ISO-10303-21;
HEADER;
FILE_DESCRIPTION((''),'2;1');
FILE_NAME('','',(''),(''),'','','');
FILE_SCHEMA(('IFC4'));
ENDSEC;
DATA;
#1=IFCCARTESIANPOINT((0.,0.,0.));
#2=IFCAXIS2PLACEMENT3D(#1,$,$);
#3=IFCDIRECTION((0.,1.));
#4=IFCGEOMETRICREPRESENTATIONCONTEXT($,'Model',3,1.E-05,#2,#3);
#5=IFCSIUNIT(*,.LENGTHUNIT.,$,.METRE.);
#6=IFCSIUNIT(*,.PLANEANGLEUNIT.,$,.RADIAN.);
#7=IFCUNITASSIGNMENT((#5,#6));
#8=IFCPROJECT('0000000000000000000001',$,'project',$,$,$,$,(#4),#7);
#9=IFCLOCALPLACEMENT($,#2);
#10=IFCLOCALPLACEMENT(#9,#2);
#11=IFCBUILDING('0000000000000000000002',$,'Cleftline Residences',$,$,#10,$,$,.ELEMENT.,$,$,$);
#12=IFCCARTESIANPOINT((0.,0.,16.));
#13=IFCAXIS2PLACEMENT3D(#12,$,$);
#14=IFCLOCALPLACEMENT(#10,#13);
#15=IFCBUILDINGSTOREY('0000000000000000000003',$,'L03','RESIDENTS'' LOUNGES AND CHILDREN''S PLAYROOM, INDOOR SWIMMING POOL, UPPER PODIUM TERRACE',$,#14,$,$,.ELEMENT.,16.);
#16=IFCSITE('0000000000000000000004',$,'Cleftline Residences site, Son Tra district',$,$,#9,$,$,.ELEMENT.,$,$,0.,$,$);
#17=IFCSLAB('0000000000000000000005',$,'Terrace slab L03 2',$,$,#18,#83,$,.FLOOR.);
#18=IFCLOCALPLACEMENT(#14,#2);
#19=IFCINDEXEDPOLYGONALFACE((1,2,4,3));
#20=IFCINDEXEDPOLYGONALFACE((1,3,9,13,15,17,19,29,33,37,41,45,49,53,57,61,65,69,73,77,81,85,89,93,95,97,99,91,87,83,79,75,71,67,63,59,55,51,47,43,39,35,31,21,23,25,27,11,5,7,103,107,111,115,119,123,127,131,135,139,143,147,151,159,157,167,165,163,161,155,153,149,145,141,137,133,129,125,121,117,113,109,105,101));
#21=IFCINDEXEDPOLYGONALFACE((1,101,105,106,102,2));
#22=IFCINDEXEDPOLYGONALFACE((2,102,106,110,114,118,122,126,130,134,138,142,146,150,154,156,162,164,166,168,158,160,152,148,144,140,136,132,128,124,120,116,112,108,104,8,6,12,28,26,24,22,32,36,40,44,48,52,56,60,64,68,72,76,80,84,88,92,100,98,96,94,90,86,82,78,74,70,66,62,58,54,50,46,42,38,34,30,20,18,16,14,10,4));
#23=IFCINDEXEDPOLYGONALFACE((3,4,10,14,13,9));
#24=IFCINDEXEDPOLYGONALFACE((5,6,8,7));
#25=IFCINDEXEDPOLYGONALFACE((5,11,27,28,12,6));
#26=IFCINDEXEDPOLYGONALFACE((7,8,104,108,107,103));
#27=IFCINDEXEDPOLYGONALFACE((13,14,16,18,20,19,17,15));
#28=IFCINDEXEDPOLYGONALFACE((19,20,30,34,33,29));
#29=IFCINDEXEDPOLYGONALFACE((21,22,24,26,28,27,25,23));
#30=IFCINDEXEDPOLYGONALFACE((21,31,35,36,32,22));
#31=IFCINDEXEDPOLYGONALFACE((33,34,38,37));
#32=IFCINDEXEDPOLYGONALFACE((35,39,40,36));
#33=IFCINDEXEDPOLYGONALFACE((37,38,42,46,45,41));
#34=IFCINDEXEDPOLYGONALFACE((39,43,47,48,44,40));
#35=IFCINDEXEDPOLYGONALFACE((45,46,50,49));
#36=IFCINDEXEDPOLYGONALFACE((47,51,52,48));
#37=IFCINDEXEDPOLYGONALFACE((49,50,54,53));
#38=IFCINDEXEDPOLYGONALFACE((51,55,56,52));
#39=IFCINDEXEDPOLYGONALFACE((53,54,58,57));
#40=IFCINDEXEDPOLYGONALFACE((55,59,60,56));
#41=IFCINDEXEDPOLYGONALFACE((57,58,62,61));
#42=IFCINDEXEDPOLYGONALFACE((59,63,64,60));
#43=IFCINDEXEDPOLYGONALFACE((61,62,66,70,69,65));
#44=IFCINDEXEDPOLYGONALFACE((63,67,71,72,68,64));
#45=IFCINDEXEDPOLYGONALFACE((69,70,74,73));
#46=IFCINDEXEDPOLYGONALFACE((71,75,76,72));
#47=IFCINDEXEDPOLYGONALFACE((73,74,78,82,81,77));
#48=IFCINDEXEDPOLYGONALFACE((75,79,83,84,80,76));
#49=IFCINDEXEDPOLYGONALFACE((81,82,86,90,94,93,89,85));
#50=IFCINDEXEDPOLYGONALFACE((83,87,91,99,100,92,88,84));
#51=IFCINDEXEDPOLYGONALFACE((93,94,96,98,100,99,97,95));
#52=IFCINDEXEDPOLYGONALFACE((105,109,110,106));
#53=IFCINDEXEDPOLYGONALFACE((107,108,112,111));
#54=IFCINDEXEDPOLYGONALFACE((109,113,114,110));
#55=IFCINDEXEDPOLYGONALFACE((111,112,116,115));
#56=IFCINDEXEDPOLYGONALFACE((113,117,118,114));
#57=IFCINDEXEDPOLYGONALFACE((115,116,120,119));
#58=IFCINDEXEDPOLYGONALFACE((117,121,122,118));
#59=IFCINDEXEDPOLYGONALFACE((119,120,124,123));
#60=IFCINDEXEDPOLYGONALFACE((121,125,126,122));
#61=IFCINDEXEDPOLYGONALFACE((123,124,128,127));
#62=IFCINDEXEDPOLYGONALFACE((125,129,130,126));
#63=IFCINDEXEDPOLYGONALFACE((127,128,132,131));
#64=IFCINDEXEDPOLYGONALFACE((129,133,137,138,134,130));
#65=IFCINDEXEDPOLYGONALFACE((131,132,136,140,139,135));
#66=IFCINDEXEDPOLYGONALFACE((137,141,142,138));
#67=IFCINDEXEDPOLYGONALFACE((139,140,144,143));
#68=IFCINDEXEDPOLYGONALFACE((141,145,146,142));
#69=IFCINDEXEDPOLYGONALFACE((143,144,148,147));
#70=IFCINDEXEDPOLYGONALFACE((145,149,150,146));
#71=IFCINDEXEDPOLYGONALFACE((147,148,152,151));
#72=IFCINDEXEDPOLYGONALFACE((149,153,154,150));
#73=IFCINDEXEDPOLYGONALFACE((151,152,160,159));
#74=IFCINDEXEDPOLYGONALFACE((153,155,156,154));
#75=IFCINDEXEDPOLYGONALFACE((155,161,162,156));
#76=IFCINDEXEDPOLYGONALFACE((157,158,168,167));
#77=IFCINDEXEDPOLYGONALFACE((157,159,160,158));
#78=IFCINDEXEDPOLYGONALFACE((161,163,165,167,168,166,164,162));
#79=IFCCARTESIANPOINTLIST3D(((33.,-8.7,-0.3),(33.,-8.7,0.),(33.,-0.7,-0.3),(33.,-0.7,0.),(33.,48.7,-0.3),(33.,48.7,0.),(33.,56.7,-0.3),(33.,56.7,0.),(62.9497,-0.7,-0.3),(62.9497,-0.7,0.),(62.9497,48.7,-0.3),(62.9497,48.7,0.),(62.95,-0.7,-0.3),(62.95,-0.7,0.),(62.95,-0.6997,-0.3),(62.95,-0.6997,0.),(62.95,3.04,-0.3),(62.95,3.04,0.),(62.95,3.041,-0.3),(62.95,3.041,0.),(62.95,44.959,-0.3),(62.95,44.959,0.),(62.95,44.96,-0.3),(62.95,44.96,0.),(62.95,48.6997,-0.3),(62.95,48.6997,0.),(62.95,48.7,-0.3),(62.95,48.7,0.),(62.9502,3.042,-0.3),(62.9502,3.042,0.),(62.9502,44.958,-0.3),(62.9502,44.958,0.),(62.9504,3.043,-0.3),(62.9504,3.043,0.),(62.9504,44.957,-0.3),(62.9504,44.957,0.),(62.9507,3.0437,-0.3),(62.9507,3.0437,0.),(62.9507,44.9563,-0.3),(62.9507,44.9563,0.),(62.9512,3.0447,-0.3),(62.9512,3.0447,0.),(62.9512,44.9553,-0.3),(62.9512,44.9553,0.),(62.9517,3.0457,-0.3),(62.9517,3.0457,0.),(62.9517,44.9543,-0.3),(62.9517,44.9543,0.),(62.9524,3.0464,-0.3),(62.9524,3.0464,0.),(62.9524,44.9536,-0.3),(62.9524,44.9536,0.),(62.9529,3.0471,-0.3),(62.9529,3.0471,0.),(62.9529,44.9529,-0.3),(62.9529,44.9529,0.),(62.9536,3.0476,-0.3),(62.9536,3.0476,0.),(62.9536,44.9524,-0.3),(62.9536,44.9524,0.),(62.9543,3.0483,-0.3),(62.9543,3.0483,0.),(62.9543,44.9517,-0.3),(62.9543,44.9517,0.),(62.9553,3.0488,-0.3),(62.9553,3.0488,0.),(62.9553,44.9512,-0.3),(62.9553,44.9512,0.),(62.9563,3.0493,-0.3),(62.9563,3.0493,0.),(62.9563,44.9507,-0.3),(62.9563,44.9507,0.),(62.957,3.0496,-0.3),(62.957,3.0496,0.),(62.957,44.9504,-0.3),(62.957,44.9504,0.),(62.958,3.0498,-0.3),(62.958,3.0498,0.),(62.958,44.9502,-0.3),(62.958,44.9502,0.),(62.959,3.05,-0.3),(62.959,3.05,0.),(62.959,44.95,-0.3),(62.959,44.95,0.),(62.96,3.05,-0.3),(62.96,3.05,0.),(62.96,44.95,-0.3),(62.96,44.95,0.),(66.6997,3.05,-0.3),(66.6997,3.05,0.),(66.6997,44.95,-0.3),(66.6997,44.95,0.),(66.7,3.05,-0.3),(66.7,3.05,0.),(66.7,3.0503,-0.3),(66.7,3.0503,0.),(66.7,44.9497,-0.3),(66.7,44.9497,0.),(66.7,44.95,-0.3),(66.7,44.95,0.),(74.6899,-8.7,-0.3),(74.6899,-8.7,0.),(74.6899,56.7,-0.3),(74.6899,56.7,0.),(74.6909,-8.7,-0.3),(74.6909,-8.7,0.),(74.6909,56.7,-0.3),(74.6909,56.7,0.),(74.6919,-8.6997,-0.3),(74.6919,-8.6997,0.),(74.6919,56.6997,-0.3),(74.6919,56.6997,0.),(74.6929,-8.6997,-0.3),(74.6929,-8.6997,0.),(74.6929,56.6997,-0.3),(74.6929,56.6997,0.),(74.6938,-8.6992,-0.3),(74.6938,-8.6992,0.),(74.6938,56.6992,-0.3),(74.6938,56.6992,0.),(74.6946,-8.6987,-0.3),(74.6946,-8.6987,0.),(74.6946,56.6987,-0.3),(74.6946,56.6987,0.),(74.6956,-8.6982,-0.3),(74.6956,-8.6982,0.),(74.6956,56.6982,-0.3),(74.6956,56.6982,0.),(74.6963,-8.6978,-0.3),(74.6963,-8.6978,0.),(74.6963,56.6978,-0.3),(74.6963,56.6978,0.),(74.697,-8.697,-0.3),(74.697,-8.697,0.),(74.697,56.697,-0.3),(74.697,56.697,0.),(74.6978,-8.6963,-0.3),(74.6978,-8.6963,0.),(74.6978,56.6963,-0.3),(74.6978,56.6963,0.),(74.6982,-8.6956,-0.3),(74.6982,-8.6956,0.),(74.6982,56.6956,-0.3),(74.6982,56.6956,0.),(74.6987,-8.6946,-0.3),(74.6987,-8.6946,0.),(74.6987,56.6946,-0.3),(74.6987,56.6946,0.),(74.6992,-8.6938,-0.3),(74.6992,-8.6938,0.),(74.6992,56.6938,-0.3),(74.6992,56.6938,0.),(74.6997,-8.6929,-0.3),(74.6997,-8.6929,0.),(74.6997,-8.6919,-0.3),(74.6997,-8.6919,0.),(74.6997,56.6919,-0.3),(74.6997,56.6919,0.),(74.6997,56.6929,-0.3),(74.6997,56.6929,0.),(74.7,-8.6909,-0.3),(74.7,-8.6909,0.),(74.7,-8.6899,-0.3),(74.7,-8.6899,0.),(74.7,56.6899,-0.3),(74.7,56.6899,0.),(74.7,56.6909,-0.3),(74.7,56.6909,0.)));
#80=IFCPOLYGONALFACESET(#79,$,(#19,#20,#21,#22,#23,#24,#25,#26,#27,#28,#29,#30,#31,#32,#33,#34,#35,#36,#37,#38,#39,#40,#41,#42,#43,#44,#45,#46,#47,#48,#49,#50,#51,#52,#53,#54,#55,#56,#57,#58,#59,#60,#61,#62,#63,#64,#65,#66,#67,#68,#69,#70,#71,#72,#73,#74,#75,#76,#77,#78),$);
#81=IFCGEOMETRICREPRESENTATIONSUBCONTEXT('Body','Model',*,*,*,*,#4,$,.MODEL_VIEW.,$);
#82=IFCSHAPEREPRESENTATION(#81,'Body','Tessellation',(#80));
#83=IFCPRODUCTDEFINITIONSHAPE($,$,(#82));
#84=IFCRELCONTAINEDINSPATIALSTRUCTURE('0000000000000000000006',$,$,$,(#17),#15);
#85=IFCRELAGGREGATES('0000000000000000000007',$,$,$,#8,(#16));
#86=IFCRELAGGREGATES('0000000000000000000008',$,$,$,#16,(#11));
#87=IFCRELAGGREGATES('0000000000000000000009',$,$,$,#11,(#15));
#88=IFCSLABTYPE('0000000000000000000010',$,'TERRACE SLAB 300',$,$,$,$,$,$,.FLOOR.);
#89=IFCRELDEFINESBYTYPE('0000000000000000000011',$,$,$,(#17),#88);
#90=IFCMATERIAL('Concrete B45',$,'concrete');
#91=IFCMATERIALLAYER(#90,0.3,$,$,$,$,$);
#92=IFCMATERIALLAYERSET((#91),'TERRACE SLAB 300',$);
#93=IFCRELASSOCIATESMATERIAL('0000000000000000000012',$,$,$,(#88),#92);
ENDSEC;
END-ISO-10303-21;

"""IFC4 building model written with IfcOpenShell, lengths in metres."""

from ifc_helpers import new_model, si_unit, direction, frame, origin, place, context, subcontext, project, spatial, polyline, outline, extrude, material, layer, layer_set, type_object, element, save


model = new_model("IFC4")

# Units and contexts
model_context = context("Model", 3, precision=1e-05, world=origin(), true_north=direction((0.0, 1.0)))
body_context = subcontext(model_context, "Body", "Model", "MODEL_VIEW")
ifc_project = project(units=[si_unit("LENGTHUNIT", "METRE"), si_unit("PLANEANGLEUNIT", "RADIAN")], contexts=[model_context])

# Site, building, storey
site_placement = place(None, origin())
site = spatial("IfcSite", under=ifc_project, at=site_placement, Name="Cleftline Residences site, Son Tra district", CompositionType="ELEMENT", RefElevation=0.0)
building_placement = place(site_placement, origin())
building = spatial("IfcBuilding", under=site, at=building_placement, Name="Cleftline Residences", CompositionType="ELEMENT")
storey_placement = place(building_placement, frame((0.0, 0.0, 16.0)))
storey = spatial("IfcBuildingStorey", under=building, at=storey_placement, Name="L03", Description="RESIDENTS' LOUNGES AND CHILDREN'S PLAYROOM, INDOOR SWIMMING POOL, UPPER PODIUM TERRACE", CompositionType="ELEMENT", Elevation=16.0)

# Slab
ifc_material_1 = material(Name="Concrete B45", Category="concrete")
ifc_layer_1 = layer(ifc_material_1, 0.3)
ifc_layer_set_1 = layer_set([ifc_layer_1], Name="TERRACE SLAB 300")
slab_type_1 = type_object("IfcSlabType", Name="TERRACE SLAB 300", PredefinedType="FLOOR", material=ifc_layer_set_1)
slab_1_placement = place(storey_placement, frame((0.0, 0.0, -0.3)))
element("IfcSlab", 1, at=slab_1_placement, inside=storey, type_object=slab_type_1, Name="Terrace slab L03 2", PredefinedType="FLOOR", context=body_context, shape_type="SweptSolid", body=[
    extrude(outline(polyline([(33.0, 56.7), (33.0, 48.7), (62.9497, 48.7), (62.95, 48.7), (62.95, 48.6997), (62.95, 44.96), (62.95, 44.959), (62.9502, 44.958), (62.9504, 44.957), (62.9507, 44.9563), (62.9512, 44.9553), (62.9517, 44.9543), (62.9524, 44.9536), (62.9529, 44.9529), (62.9536, 44.9524), (62.9543, 44.9517), (62.9553, 44.9512), (62.9563, 44.9507), (62.957, 44.9504), (62.958, 44.9502), (62.959, 44.95), (62.96, 44.95), (66.6997, 44.95), (66.7, 44.95), (66.7, 44.9497), (66.7, 3.0503), (66.7, 3.05), (66.6997, 3.05), (62.96, 3.05), (62.959, 3.05), (62.958, 3.0498), (62.957, 3.0496), (62.9563, 3.0493), (62.9553, 3.0488), (62.9543, 3.0483), (62.9536, 3.0476), (62.9529, 3.0471), (62.9524, 3.0464), (62.9517, 3.0457), (62.9512, 3.0447), (62.9507, 3.0437), (62.9504, 3.043), (62.9502, 3.042), (62.95, 3.041), (62.95, 3.04), (62.95, -0.6997), (62.95, -0.7), (62.9497, -0.7), (33.0, -0.7), (33.0, -8.7), (74.6899, -8.7), (74.6909, -8.7), (74.6919, -8.6997), (74.6929, -8.6997), (74.6938, -8.6992), (74.6946, -8.6987), (74.6956, -8.6982), (74.6963, -8.6978), (74.697, -8.697), (74.6978, -8.6963), (74.6982, -8.6956), (74.6987, -8.6946), (74.6992, -8.6938), (74.6997, -8.6929), (74.6997, -8.6919), (74.7, -8.6909), (74.7, -8.6899), (74.7, 56.6899), (74.7, 56.6909), (74.6997, 56.6919), (74.6997, 56.6929), (74.6992, 56.6938), (74.6987, 56.6946), (74.6982, 56.6956), (74.6978, 56.6963), (74.697, 56.697), (74.6963, 56.6978), (74.6956, 56.6982), (74.6946, 56.6987), (74.6938, 56.6992), (74.6929, 56.6997), (74.6919, 56.6997), (74.6909, 56.7), (74.6899, 56.7), (33.0, 56.7)])), origin(), (0.0, 0.0, 1.0), 0.3),
])

save(model, "model.ifc")
